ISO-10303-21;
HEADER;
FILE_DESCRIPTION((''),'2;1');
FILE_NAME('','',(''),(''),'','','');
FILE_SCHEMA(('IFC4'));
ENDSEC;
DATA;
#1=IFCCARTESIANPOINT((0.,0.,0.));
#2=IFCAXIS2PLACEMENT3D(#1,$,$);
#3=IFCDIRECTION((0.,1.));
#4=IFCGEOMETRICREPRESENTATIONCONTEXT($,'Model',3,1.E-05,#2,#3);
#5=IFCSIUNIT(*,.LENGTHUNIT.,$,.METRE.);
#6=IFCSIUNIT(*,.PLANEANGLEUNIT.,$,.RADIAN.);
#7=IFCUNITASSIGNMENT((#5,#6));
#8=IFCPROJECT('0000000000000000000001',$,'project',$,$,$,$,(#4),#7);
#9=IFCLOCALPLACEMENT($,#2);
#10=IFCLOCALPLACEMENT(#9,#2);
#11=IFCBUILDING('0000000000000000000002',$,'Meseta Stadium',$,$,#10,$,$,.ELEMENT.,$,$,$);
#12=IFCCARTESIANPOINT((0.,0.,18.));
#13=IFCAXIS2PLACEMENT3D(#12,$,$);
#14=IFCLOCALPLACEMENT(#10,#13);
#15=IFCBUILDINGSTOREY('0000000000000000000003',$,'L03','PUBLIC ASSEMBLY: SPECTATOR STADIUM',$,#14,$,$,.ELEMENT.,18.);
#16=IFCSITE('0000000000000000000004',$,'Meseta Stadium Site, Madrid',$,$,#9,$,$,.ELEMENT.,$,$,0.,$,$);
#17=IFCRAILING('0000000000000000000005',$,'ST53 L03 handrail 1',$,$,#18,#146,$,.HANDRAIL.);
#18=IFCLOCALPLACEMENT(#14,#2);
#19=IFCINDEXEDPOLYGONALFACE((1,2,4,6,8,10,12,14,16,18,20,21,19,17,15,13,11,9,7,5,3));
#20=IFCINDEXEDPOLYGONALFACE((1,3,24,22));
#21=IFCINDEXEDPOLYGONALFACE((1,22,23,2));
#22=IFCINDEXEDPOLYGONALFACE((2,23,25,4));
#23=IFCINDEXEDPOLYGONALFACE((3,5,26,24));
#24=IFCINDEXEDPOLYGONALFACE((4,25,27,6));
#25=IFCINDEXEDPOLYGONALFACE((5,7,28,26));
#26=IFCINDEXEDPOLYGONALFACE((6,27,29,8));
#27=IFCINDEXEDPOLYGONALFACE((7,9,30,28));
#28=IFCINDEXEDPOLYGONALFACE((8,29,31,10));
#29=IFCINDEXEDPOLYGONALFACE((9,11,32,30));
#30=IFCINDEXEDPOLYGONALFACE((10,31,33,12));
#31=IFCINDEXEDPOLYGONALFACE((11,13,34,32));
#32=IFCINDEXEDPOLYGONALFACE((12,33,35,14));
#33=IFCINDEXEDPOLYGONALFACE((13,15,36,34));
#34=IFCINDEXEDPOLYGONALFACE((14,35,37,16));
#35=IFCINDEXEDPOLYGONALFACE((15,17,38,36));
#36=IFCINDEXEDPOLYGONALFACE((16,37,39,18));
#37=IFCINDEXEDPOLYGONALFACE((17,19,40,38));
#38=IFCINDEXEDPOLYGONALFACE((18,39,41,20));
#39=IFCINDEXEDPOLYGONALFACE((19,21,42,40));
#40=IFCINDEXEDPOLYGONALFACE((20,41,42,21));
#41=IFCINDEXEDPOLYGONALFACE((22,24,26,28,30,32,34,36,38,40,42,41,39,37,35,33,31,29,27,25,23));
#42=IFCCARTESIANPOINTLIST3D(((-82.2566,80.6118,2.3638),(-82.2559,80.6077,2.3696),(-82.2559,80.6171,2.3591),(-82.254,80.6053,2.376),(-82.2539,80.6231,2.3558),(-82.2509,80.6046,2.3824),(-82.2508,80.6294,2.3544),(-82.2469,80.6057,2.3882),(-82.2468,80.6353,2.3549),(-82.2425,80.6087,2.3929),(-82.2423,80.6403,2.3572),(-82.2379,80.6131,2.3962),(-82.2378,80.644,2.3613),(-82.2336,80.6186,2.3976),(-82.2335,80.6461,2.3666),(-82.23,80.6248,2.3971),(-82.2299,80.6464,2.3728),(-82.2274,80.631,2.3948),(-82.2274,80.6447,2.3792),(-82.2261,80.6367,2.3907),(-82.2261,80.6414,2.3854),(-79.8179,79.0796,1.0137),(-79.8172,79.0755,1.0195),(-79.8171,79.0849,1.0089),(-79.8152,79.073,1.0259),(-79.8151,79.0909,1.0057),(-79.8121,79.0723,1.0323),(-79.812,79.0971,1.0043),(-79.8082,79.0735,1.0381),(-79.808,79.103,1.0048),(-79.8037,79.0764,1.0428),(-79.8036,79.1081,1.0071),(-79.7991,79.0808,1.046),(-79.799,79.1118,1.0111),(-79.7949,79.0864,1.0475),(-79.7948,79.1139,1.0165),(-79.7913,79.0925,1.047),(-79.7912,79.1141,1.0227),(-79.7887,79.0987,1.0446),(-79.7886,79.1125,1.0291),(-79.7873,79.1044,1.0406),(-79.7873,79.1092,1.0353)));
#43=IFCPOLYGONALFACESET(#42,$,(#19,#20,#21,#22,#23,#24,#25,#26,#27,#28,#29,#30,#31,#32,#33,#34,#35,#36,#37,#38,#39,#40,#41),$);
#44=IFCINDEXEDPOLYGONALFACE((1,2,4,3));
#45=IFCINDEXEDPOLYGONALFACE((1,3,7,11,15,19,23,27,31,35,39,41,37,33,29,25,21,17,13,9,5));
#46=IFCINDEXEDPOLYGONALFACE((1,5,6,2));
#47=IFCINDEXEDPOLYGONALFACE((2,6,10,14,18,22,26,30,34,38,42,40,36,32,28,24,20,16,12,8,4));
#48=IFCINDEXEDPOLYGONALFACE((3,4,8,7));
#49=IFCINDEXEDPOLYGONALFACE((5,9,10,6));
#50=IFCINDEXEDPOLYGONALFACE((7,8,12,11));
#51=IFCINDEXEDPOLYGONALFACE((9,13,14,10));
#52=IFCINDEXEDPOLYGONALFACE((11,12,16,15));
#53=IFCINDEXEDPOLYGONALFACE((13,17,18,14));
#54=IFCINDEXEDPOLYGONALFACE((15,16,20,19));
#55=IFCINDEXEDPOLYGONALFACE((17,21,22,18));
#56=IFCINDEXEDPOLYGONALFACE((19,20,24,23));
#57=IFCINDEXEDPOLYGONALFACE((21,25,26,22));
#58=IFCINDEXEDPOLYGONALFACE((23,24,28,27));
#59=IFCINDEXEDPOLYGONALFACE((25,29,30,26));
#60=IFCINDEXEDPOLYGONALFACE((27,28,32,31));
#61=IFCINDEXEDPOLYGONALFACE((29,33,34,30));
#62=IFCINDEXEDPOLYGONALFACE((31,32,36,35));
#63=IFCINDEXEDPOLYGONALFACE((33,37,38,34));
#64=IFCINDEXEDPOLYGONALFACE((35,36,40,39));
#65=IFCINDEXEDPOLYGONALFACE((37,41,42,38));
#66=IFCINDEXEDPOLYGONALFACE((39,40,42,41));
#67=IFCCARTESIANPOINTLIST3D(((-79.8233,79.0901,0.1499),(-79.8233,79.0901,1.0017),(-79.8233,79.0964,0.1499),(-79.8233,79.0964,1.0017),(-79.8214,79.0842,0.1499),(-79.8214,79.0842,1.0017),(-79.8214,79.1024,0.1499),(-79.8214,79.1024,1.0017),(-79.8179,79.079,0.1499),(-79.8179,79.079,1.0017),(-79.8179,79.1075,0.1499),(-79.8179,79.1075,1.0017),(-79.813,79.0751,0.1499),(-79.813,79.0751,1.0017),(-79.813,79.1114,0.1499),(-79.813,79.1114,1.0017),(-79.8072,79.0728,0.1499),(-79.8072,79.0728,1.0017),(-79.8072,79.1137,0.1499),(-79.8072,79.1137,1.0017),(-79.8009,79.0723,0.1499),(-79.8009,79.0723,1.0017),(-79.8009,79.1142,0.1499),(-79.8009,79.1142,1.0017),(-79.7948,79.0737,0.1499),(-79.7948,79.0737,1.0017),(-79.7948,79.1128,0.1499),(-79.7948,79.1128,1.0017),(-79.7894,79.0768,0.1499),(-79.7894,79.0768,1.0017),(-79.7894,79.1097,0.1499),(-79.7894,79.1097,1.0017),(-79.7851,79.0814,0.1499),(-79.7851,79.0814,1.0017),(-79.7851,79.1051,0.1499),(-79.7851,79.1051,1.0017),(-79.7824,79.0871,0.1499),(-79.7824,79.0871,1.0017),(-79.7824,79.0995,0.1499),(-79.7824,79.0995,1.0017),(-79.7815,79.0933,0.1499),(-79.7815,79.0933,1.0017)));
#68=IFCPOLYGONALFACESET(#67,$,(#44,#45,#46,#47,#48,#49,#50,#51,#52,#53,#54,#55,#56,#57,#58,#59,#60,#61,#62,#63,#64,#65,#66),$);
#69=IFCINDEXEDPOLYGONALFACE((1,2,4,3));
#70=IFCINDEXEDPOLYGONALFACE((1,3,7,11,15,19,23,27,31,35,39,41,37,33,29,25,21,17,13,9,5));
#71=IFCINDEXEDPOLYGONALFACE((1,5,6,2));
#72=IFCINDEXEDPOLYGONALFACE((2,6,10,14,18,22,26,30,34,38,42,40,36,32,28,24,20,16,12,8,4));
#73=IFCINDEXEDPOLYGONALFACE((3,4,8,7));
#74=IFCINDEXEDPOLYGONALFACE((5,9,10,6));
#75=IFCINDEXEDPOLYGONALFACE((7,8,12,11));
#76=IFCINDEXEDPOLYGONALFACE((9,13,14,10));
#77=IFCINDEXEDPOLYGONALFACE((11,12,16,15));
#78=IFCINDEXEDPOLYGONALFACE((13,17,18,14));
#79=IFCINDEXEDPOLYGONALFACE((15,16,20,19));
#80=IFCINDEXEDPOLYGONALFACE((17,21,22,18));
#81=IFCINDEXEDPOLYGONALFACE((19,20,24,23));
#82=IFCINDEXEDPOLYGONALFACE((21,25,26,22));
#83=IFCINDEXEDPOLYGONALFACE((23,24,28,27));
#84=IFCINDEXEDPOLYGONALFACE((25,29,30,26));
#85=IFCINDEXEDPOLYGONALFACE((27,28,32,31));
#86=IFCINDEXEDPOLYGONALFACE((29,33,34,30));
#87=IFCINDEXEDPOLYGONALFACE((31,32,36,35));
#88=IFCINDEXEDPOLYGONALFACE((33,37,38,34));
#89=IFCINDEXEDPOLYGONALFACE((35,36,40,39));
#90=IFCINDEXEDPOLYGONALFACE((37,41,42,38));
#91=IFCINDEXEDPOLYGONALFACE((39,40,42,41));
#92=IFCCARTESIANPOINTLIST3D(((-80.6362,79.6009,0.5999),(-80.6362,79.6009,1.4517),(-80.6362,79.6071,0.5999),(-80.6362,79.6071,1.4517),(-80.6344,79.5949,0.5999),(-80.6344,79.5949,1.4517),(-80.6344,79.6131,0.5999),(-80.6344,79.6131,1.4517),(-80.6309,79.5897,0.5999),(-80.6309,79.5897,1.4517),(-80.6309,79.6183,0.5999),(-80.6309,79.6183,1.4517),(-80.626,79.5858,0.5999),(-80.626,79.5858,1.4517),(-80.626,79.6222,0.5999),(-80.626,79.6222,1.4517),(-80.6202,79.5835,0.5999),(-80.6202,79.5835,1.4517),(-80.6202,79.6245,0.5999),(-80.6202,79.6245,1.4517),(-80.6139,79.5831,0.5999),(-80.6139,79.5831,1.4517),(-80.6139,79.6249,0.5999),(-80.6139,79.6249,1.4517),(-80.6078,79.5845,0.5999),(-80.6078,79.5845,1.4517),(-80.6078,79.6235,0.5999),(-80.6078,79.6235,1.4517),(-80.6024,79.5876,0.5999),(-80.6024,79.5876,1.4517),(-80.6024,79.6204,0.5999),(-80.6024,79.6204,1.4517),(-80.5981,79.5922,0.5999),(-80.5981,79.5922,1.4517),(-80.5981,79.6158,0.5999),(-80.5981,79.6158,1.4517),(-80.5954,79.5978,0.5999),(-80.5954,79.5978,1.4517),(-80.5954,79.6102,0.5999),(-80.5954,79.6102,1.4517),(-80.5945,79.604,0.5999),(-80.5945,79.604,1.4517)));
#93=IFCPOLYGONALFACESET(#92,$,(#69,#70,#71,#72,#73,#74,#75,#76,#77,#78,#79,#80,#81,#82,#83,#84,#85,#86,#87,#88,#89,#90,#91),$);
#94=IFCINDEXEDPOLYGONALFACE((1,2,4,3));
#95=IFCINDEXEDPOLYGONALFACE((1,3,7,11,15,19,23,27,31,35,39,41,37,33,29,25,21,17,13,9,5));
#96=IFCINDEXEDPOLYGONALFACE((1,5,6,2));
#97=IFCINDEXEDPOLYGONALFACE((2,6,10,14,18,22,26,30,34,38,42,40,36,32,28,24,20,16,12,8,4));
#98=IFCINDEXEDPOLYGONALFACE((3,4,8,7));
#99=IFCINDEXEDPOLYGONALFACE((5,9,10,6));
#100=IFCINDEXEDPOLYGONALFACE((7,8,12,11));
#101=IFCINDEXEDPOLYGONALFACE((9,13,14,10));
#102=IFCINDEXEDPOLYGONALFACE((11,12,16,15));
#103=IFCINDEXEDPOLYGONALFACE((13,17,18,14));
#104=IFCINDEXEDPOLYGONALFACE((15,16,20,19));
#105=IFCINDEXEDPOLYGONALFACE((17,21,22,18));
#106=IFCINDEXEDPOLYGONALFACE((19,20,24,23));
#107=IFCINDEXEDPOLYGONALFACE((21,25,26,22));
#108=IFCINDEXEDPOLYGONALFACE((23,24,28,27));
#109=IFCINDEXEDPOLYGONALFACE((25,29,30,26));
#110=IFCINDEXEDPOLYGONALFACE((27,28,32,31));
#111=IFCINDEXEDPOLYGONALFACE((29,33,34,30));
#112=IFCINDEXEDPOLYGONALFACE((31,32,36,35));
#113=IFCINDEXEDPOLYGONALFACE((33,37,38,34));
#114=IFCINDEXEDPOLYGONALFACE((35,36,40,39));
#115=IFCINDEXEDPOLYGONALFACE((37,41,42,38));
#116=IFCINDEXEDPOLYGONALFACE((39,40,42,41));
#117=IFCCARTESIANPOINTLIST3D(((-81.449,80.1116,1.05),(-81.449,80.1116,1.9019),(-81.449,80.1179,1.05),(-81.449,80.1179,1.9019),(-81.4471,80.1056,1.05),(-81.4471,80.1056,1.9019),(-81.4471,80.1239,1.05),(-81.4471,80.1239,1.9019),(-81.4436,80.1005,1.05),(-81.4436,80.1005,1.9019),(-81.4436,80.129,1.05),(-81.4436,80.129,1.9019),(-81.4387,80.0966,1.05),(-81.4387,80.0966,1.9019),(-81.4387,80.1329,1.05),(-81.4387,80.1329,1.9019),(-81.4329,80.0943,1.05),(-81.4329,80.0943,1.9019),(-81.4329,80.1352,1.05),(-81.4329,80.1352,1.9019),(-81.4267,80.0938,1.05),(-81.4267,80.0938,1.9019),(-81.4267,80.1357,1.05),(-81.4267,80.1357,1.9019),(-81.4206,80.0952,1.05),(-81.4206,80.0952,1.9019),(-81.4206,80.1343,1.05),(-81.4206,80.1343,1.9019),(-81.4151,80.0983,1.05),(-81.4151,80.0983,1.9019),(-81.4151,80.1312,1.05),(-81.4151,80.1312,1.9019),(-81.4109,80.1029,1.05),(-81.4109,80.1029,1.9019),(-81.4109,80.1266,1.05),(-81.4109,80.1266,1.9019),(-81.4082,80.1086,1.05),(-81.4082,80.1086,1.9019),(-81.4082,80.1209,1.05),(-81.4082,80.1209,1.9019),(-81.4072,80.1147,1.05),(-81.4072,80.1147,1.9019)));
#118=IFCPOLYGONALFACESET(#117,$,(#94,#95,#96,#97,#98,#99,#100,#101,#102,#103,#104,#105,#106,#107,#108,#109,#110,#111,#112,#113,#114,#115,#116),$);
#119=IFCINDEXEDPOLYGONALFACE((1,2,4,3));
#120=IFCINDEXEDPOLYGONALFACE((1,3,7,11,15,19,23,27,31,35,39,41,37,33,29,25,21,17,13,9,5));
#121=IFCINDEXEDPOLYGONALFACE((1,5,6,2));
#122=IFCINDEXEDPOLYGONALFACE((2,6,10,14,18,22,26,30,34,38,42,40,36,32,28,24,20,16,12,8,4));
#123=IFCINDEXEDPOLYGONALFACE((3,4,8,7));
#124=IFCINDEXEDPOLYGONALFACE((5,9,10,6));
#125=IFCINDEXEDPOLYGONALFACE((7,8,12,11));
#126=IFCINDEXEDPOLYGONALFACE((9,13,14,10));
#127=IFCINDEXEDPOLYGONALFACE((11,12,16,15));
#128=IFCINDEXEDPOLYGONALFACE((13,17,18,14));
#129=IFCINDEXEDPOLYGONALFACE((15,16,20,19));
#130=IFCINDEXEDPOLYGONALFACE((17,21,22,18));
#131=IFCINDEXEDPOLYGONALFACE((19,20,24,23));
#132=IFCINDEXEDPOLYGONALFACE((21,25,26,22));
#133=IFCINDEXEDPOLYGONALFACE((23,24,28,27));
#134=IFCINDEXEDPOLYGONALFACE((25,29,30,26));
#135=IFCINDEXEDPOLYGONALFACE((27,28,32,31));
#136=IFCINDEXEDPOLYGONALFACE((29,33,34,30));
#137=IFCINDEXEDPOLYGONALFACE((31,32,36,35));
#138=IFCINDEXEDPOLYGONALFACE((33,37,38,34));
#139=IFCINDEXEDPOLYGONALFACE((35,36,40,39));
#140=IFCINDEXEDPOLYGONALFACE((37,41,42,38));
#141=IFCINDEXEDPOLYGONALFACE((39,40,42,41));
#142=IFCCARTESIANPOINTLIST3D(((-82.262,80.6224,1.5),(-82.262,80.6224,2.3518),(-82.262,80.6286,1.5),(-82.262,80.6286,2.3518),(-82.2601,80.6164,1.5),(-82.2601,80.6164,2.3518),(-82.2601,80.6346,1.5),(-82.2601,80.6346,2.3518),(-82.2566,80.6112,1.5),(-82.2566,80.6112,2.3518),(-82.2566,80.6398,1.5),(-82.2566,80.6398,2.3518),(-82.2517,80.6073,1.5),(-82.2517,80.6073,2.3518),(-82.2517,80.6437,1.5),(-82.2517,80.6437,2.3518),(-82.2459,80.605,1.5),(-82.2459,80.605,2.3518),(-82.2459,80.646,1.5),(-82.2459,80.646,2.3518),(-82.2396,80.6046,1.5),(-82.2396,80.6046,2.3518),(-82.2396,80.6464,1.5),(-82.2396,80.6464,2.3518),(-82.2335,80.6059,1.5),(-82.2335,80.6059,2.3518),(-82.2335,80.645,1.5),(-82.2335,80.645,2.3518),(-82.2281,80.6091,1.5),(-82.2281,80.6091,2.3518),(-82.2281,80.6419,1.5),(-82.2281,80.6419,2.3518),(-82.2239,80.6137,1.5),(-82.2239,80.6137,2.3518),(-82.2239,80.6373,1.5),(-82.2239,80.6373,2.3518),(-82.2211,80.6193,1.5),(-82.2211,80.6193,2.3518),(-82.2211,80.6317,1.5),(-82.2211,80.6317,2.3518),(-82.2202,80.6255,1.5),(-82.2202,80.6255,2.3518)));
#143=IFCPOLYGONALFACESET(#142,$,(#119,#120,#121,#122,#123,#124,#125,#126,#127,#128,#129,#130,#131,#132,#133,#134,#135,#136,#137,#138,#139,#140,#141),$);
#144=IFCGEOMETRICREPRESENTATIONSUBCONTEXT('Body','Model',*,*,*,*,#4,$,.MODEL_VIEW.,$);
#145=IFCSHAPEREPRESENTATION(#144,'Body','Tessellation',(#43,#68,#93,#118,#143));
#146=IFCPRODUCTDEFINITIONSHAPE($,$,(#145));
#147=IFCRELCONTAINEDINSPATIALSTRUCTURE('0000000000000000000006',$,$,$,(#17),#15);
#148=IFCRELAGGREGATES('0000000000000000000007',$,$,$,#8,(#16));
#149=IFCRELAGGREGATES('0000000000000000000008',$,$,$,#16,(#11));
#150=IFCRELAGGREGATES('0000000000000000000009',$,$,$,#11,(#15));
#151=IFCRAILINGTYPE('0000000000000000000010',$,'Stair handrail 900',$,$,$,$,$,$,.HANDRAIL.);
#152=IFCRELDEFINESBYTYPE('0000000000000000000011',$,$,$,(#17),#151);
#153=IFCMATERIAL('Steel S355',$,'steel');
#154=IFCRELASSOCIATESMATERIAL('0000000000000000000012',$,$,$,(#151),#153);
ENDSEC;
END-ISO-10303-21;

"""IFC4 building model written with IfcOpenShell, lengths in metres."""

from ifc_helpers import new_model, si_unit, direction, frame, origin, origin_2d, place, context, subcontext, project, spatial, circle, extrude, material, type_object, element, save


model = new_model("IFC4")

# Units and contexts
model_context = context("Model", 3, precision=1e-05, world=origin(), true_north=direction((0.0, 1.0)))
body_context = subcontext(model_context, "Body", "Model", "MODEL_VIEW")
ifc_project = project(units=[si_unit("LENGTHUNIT", "METRE"), si_unit("PLANEANGLEUNIT", "RADIAN")], contexts=[model_context])

# Site, building, storey
site_placement = place(None, origin())
site = spatial("IfcSite", under=ifc_project, at=site_placement, Name="Meseta Stadium Site, Madrid", CompositionType="ELEMENT", RefElevation=0.0)
building_placement = place(site_placement, origin())
building = spatial("IfcBuilding", under=site, at=building_placement, Name="Meseta Stadium", CompositionType="ELEMENT")
storey_placement = place(building_placement, frame((0.0, 0.0, 18.0)))
storey = spatial("IfcBuildingStorey", under=building, at=storey_placement, Name="L03", Description="PUBLIC ASSEMBLY: SPECTATOR STADIUM", CompositionType="ELEMENT", Elevation=18.0)

# Railing
ifc_material_1 = material(Name="Steel S355", Category="steel")
railing_type_1 = type_object("IfcRailingType", Name="Stair handrail 900", PredefinedType="HANDRAIL", material=ifc_material_1)
railing_1_placement = place(storey_placement, frame((-79.8025, 79.0933, 0.1499)))
element("IfcRailing", 1, at=railing_1_placement, inside=storey, type_object=railing_type_1, Name="ST53 L03 handrail 1", PredefinedType="HANDRAIL", context=body_context, shape_type="SweptSolid", body=[
    extrude(circle(Radius=0.0239, at=origin_2d()), frame((0.0, 0.0, 0.876), z_axis=(-0.766687, 0.481703, 0.424445), x_axis=(-0.532001, -0.846743, 0.0)), (0.0, 0.0, 1.0), 3.1809),
    extrude(circle(Radius=0.021, at=origin_2d()), origin(), (0.0, 0.0, 1.0), 0.8518),
    extrude(circle(Radius=0.021, at=origin_2d()), frame((-0.813, 0.5107, 0.45)), (0.0, 0.0, 1.0), 0.8518),
    extrude(circle(Radius=0.021, at=origin_2d()), frame((-1.6257, 1.0215, 0.9001)), (0.0, 0.0, 1.0), 0.8518),
    extrude(circle(Radius=0.021, at=origin_2d()), frame((-2.4387, 1.5322, 1.3501)), (0.0, 0.0, 1.0), 0.8518),
])

save(model, "model.ifc")
